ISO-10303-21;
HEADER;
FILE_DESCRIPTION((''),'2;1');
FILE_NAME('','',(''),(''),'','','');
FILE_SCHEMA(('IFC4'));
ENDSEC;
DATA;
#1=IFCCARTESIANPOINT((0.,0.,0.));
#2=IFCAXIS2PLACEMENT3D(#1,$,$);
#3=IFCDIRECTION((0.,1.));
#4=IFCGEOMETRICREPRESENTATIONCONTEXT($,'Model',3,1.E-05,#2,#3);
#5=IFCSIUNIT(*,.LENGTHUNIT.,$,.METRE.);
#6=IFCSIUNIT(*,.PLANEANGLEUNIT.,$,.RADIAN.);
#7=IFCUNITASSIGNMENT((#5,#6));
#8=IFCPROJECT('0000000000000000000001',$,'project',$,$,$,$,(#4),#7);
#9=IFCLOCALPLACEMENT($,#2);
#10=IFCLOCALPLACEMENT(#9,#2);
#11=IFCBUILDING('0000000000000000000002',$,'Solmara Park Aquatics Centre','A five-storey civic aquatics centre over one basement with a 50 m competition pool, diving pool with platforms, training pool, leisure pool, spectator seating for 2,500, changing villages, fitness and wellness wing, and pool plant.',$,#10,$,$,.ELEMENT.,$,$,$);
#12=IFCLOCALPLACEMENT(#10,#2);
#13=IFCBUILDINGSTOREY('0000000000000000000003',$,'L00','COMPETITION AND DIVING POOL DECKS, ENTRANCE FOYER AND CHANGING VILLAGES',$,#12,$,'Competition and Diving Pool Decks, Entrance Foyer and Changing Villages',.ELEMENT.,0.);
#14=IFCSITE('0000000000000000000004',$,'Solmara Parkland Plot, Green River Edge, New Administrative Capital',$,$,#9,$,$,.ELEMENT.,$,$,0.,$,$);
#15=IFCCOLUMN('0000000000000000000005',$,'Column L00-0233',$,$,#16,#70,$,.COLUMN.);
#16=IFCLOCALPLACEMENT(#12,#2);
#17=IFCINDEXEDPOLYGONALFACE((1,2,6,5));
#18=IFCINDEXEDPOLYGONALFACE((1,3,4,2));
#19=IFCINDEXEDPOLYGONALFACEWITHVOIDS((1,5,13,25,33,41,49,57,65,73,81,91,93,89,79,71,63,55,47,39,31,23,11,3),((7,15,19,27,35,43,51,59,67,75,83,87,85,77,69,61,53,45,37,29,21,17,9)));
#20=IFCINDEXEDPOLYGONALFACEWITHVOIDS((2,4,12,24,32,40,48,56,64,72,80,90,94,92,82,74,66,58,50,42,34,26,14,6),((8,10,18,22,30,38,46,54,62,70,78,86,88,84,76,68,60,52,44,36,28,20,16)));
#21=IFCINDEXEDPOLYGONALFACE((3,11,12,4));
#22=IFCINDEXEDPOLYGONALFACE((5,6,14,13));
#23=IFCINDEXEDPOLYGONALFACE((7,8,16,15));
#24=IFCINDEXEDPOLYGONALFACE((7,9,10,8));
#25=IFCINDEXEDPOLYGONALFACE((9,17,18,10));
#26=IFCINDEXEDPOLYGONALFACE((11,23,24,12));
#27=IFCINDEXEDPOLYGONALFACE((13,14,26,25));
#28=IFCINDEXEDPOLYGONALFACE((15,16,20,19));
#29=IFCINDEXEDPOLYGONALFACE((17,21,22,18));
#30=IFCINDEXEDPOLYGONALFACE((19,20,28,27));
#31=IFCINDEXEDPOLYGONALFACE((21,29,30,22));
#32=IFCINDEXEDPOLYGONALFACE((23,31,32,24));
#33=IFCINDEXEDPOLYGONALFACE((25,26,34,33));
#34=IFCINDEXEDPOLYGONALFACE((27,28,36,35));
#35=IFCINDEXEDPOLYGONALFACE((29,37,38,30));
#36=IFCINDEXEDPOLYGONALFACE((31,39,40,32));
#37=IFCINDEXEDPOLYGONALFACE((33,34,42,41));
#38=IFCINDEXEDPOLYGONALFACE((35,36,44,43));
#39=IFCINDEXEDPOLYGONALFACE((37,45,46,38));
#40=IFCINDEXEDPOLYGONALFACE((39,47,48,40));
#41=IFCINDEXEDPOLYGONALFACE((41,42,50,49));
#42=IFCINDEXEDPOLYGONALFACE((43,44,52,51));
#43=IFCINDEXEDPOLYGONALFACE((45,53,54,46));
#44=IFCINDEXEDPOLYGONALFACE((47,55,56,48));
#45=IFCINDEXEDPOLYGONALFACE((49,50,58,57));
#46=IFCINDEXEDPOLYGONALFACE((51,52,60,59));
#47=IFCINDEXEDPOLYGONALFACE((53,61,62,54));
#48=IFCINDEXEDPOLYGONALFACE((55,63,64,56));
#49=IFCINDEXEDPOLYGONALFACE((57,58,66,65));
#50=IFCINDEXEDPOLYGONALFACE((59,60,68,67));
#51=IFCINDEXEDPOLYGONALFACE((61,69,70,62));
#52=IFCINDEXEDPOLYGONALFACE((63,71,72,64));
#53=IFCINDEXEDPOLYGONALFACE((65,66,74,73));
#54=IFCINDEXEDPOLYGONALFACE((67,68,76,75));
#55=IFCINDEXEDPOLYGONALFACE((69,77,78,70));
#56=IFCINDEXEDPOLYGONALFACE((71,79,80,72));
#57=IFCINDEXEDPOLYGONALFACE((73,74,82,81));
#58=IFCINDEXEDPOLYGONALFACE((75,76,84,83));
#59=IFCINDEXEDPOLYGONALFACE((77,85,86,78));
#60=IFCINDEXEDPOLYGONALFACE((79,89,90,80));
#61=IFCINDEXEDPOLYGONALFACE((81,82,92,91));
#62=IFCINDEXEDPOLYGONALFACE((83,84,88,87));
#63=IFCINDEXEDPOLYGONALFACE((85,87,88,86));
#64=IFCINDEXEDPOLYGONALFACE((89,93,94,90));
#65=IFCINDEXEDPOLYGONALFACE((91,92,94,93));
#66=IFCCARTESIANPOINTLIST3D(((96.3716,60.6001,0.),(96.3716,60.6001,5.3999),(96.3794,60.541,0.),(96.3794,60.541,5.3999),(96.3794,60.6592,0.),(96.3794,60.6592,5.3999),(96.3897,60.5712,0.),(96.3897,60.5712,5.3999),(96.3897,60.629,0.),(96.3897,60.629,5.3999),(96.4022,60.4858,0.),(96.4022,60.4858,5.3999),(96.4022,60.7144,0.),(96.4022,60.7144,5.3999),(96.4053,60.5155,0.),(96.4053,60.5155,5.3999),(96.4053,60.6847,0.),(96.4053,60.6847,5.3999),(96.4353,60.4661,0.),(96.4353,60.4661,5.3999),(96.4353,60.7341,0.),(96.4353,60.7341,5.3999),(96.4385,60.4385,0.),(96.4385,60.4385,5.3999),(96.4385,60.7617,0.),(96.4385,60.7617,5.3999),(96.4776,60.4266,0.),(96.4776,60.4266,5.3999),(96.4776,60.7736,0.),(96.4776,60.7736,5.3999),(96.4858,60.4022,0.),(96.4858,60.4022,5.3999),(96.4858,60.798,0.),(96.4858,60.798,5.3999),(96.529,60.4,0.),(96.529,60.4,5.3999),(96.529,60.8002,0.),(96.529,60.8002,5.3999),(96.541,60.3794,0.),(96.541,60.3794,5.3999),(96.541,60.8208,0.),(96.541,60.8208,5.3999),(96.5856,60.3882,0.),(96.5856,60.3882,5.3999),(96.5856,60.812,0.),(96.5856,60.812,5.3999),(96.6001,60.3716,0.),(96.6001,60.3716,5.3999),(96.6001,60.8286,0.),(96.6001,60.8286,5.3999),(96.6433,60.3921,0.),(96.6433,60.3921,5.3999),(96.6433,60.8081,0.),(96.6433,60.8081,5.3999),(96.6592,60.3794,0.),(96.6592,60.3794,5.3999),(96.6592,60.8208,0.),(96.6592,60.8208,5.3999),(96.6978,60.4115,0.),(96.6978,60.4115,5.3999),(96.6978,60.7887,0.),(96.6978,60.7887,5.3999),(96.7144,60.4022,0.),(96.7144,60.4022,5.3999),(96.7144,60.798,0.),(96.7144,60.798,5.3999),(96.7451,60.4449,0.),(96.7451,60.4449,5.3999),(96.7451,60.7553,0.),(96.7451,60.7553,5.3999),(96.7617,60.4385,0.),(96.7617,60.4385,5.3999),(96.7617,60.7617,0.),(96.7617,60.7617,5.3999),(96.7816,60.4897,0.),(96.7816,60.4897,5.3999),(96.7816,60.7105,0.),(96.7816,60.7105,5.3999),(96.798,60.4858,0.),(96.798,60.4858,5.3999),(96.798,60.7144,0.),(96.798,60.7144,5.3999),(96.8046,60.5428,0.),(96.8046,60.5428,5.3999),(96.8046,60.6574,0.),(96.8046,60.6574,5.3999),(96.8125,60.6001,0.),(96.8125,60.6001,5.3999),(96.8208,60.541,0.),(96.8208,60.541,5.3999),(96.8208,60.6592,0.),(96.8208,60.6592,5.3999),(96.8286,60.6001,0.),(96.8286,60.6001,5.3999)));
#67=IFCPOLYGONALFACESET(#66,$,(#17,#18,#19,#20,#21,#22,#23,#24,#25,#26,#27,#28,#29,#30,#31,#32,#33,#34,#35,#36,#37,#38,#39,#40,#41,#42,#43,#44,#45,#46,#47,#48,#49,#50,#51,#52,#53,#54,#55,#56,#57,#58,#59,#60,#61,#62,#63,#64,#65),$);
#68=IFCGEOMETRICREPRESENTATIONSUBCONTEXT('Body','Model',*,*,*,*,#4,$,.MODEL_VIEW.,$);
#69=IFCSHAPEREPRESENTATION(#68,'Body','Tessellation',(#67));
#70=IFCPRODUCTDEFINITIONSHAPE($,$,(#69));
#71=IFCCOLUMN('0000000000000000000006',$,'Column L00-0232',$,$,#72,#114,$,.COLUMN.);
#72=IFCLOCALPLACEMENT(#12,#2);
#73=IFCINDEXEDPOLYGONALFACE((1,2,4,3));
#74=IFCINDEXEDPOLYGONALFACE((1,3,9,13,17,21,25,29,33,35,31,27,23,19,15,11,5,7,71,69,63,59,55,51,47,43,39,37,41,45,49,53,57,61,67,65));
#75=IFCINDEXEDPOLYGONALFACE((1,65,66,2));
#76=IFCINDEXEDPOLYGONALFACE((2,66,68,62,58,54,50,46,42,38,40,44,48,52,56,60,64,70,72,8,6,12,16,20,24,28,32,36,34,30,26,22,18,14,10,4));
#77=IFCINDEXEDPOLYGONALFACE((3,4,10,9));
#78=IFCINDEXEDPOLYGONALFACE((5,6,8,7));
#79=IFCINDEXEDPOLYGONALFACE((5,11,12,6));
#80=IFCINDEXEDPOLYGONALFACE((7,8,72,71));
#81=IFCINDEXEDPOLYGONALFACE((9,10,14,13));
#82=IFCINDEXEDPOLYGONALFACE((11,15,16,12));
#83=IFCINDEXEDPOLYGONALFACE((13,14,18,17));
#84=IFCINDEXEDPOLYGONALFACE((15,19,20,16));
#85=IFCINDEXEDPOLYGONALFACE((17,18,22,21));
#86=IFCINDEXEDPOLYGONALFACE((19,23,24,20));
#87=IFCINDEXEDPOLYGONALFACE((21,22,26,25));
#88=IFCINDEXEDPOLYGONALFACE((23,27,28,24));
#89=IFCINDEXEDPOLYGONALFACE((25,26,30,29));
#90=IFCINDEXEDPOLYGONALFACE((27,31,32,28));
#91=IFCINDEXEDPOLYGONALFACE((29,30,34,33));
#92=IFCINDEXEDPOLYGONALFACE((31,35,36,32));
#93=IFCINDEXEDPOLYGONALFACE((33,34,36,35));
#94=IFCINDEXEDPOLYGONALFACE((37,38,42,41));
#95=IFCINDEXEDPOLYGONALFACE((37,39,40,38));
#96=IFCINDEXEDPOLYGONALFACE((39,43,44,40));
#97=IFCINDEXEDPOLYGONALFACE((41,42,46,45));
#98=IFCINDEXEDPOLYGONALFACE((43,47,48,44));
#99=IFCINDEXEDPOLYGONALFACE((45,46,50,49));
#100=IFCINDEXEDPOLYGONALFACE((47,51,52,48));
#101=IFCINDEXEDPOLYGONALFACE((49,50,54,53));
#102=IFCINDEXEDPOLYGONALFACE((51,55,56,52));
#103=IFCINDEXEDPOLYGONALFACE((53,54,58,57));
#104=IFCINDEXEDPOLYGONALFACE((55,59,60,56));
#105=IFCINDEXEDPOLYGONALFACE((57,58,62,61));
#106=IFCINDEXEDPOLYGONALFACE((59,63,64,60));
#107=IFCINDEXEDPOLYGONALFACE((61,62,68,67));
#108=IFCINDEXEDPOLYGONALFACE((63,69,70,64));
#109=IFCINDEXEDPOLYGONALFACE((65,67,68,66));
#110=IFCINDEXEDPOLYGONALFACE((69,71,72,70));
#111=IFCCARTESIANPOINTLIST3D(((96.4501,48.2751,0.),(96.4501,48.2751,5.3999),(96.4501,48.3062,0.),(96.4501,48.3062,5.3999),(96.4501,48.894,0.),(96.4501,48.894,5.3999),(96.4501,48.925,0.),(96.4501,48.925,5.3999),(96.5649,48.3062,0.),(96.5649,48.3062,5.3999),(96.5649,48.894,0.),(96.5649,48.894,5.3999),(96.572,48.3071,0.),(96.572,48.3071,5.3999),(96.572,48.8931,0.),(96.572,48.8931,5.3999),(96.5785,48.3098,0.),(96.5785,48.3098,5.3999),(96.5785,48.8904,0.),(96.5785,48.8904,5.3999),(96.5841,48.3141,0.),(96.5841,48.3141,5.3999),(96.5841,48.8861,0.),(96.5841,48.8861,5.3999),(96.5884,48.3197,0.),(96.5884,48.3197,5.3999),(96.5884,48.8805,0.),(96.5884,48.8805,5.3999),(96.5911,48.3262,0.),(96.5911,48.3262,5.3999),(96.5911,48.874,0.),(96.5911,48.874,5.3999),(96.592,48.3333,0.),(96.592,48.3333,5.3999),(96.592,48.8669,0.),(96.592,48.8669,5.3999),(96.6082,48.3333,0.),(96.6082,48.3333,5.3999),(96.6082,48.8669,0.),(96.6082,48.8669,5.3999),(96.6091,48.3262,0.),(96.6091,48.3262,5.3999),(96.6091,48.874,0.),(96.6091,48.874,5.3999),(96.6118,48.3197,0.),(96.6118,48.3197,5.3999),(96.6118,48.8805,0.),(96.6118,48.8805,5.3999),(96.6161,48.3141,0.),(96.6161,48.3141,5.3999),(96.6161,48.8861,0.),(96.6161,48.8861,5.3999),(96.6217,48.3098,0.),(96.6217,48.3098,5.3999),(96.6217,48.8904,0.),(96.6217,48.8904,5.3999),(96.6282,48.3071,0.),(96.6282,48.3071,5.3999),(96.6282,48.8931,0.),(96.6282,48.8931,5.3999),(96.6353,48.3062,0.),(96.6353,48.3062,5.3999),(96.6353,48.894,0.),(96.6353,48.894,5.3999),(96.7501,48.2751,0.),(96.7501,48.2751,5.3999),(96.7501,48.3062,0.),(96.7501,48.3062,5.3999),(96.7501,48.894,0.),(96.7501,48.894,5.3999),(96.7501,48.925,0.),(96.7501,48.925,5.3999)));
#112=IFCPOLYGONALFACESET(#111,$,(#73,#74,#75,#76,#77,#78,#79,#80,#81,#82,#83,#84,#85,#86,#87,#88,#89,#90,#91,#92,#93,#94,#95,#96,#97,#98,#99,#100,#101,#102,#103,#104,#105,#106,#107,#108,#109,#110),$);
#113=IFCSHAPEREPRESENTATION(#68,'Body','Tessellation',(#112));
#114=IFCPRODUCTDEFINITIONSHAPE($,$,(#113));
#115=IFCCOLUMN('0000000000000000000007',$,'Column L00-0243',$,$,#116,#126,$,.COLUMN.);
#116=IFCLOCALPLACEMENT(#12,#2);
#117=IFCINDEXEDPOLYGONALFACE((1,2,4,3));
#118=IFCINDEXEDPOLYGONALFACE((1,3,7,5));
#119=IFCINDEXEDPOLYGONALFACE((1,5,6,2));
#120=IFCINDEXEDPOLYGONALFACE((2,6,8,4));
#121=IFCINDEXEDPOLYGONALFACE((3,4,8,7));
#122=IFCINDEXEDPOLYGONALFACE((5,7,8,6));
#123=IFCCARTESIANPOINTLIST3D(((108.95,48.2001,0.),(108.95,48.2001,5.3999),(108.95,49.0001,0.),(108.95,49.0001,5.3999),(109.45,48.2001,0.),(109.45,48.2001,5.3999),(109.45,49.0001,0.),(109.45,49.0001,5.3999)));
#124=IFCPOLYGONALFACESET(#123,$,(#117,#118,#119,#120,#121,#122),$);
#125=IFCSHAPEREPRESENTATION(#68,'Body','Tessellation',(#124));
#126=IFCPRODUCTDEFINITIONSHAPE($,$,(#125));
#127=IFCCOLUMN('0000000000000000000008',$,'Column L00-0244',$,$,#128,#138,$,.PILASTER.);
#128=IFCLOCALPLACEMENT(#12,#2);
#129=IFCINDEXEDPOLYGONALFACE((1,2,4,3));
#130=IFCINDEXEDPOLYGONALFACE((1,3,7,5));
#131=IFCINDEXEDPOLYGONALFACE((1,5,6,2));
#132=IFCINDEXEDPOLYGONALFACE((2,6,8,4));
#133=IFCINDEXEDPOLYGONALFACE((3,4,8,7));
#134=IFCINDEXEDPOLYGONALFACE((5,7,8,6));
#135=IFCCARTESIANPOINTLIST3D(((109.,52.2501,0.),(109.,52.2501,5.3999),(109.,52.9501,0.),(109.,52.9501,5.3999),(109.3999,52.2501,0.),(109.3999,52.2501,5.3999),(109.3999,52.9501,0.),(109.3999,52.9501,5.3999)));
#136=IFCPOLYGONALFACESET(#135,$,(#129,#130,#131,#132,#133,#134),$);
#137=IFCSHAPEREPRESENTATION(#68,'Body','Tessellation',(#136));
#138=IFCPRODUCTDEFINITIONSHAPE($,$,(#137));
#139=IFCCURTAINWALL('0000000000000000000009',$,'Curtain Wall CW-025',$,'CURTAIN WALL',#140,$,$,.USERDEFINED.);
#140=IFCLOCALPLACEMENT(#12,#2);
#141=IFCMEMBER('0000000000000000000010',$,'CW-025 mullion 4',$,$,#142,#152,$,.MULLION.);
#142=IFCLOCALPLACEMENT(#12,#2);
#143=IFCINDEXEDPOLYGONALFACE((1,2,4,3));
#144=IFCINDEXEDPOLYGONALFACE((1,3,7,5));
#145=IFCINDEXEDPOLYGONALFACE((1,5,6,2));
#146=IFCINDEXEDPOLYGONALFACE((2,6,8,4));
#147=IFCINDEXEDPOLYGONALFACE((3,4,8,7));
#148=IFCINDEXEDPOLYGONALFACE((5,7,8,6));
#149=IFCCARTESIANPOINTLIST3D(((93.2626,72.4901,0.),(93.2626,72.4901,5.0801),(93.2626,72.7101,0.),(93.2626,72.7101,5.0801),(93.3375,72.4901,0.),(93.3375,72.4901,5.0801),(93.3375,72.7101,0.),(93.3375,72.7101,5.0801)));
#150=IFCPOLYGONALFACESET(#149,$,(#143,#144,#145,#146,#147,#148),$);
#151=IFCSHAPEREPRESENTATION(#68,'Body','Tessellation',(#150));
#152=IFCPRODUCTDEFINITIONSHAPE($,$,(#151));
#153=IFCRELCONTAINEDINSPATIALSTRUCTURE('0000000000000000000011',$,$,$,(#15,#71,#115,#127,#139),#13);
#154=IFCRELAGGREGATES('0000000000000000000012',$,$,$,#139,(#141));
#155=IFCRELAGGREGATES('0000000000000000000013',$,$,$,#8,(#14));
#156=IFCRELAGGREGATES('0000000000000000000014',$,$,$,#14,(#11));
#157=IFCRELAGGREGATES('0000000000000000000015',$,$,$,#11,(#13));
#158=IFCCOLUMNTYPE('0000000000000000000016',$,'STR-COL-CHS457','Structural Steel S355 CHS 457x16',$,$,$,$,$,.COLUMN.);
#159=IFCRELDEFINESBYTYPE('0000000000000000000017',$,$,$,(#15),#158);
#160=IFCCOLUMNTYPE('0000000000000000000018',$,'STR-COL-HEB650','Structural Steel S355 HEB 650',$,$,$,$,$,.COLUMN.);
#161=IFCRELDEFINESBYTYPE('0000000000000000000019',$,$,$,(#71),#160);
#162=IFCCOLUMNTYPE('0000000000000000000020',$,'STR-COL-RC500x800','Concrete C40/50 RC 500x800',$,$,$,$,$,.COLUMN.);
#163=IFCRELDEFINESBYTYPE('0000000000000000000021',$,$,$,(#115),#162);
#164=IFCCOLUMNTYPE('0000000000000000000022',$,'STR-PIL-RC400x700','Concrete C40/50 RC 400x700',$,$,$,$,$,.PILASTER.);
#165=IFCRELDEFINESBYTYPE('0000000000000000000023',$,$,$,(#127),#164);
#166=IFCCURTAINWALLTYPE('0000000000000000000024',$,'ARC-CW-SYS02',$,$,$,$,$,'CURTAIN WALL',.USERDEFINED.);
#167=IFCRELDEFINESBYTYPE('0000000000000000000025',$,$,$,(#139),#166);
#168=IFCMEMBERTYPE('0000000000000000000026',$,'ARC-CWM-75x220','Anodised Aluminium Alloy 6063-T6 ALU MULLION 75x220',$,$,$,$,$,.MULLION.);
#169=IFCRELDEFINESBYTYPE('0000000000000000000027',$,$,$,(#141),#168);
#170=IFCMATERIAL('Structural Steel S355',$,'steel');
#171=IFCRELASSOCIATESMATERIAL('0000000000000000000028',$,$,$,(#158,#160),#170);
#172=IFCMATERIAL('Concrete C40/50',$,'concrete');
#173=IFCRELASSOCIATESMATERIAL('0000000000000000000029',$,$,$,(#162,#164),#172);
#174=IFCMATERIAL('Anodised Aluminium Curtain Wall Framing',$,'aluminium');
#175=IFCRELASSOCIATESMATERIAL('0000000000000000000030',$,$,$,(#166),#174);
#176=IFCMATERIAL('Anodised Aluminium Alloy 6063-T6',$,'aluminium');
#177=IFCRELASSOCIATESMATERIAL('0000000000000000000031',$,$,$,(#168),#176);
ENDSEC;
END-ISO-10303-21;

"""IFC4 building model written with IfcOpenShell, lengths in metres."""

from ifc_helpers import new_model, si_unit, direction, frame, origin, origin_2d, place, context, subcontext, project, spatial, rectangle, hollow_circle, i_section, extrude, material, material_profile, profile_set, type_object, element, aggregate, save


model = new_model("IFC4")

# Units and contexts
model_context = context("Model", 3, precision=1e-05, world=origin(), true_north=direction((0.0, 1.0)))
body_context = subcontext(model_context, "Body", "Model", "MODEL_VIEW")
ifc_project = project(units=[si_unit("LENGTHUNIT", "METRE"), si_unit("PLANEANGLEUNIT", "RADIAN")], contexts=[model_context])

# Site, building, storey
site_placement = place(None, origin())
site = spatial("IfcSite", under=ifc_project, at=site_placement, Name="Solmara Parkland Plot, Green River Edge, New Administrative Capital", CompositionType="ELEMENT", RefElevation=0.0)
building_placement = place(site_placement, origin())
building = spatial("IfcBuilding", under=site, at=building_placement, Name="Solmara Park Aquatics Centre", Description="A five-storey civic aquatics centre over one basement with a 50 m competition pool, diving pool with platforms, training pool, leisure pool, spectator seating for 2,500, changing villages, fitness and wellness wing, and pool plant.", CompositionType="ELEMENT")
storey_placement = place(building_placement, origin())
storey = spatial("IfcBuildingStorey", under=building, at=storey_placement, Name="L00", Description="COMPETITION AND DIVING POOL DECKS, ENTRANCE FOYER AND CHANGING VILLAGES", LongName="Competition and Diving Pool Decks, Entrance Foyer and Changing Villages", CompositionType="ELEMENT", Elevation=0.0)

# Columns
ifc_material_1 = material(Name="Structural Steel S355", Category="steel")
ifc_material_profile_1 = material_profile(ifc_material_1, hollow_circle(Radius=0.2285, WallThickness=0.0161, at=origin_2d()), Name="CHS 457x16")
ifc_profile_set_1 = profile_set([ifc_material_profile_1], Name="Structural Steel S355")
column_type_1 = type_object("IfcColumnType", Name="STR-COL-CHS457", Description="Structural Steel S355 CHS 457x16", PredefinedType="COLUMN", material=ifc_profile_set_1)
column_1_placement = place(storey_placement, frame((96.6001, 60.6001, 0.0), z_axis=(0.0, 0.0, 1.0), x_axis=(1.0, 0.0, 0.0)))
element("IfcColumn", 1, at=column_1_placement, inside=storey, type_object=column_type_1, Name="Column L00-0233", PredefinedType="COLUMN", context=body_context, shape_type="SweptSolid", body=[
    extrude(hollow_circle(Radius=0.2285, WallThickness=0.0161, at=origin_2d()), origin(), (0.0, 0.0, 1.0), 5.3999),
])
ifc_material_profile_2 = material_profile(ifc_material_1, i_section(OverallWidth=0.3, OverallDepth=0.6499, WebThickness=0.0161, FlangeThickness=0.031, FilletRadius=0.0271, at=origin_2d()), Name="HEB 650")
ifc_profile_set_2 = profile_set([ifc_material_profile_2], Name="Structural Steel S355")
column_type_2 = type_object("IfcColumnType", Name="STR-COL-HEB650", Description="Structural Steel S355 HEB 650", PredefinedType="COLUMN", material=ifc_profile_set_2)
column_2_placement = place(storey_placement, frame((96.6001, 48.6001, 0.0), z_axis=(0.0, 0.0, 1.0), x_axis=(1.0, 0.0, 0.0)))
element("IfcColumn", 2, at=column_2_placement, inside=storey, type_object=column_type_2, Name="Column L00-0232", PredefinedType="COLUMN", context=body_context, shape_type="SweptSolid", body=[
    extrude(i_section(OverallWidth=0.3, OverallDepth=0.6499, WebThickness=0.0161, FlangeThickness=0.031, FilletRadius=0.0271, at=origin_2d()), origin(), (0.0, 0.0, 1.0), 5.3999),
])
ifc_material_2 = material(Name="Concrete C40/50", Category="concrete")
ifc_material_profile_3 = material_profile(ifc_material_2, rectangle(XDim=0.5, YDim=0.8, at=origin_2d()), Name="RC 500x800")
ifc_profile_set_3 = profile_set([ifc_material_profile_3], Name="Concrete C40/50")
column_type_3 = type_object("IfcColumnType", Name="STR-COL-RC500x800", Description="Concrete C40/50 RC 500x800", PredefinedType="COLUMN", material=ifc_profile_set_3)
column_3_placement = place(storey_placement, frame((109.2, 48.6001, 0.0), z_axis=(0.0, 0.0, 1.0), x_axis=(1.0, 0.0, 0.0)))
element("IfcColumn", 3, at=column_3_placement, inside=storey, type_object=column_type_3, Name="Column L00-0243", PredefinedType="COLUMN", context=body_context, shape_type="SweptSolid", body=[
    extrude(rectangle(XDim=0.5, YDim=0.8, at=origin_2d()), origin(), (0.0, 0.0, 1.0), 5.3999),
])
ifc_material_profile_4 = material_profile(ifc_material_2, rectangle(XDim=0.3999, YDim=0.7, at=origin_2d()), Name="RC 400x700")
ifc_profile_set_4 = profile_set([ifc_material_profile_4], Name="Concrete C40/50")
column_type_4 = type_object("IfcColumnType", Name="STR-PIL-RC400x700", Description="Concrete C40/50 RC 400x700", PredefinedType="PILASTER", material=ifc_profile_set_4)
column_4_placement = place(storey_placement, frame((109.2, 52.6001, 0.0), z_axis=(0.0, 0.0, 1.0), x_axis=(1.0, 0.0, 0.0)))
element("IfcColumn", 4, at=column_4_placement, inside=storey, type_object=column_type_4, Name="Column L00-0244", PredefinedType="PILASTER", context=body_context, shape_type="SweptSolid", body=[
    extrude(rectangle(XDim=0.3999, YDim=0.7, at=origin_2d()), origin(), (0.0, 0.0, 1.0), 5.3999),
])

# Curtain wall, member
ifc_material_3 = material(Name="Anodised Aluminium Curtain Wall Framing", Category="aluminium")
curtain_wall_type = type_object("IfcCurtainWallType", Name="ARC-CW-SYS02", ElementType="CURTAIN WALL", PredefinedType="USERDEFINED", material=ifc_material_3)
curtain_wall_placement = place(storey_placement, origin())
curtain_wall = element("IfcCurtainWall", 5, at=curtain_wall_placement, inside=storey, type_object=curtain_wall_type, Name="Curtain Wall CW-025", ObjectType="CURTAIN WALL", PredefinedType="USERDEFINED")
ifc_material_4 = material(Name="Anodised Aluminium Alloy 6063-T6", Category="aluminium")
ifc_material_profile_5 = material_profile(ifc_material_4, rectangle(XDim=0.075, YDim=0.22, at=origin_2d()), Name="ALU MULLION 75x220")
ifc_profile_set_5 = profile_set([ifc_material_profile_5], Name="Anodised Aluminium Alloy 6063-T6")
member_type = type_object("IfcMemberType", Name="ARC-CWM-75x220", Description="Anodised Aluminium Alloy 6063-T6 ALU MULLION 75x220", PredefinedType="MULLION", material=ifc_profile_set_5)
member_placement = place(storey_placement, frame((93.3, 72.6001, 0.0), z_axis=(0.0, 0.0, 1.0), x_axis=(1.0, 0.0, 0.0)))
member = element("IfcMember", 6, at=member_placement, type_object=member_type, Name="CW-025 mullion 4", PredefinedType="MULLION", context=body_context, shape_type="SweptSolid", body=[
    extrude(rectangle(XDim=0.075, YDim=0.22, at=origin_2d()), origin(), (0.0, 0.0, 1.0), 5.0801),
])

aggregate(curtain_wall, [member])

save(model, "model.ifc")
